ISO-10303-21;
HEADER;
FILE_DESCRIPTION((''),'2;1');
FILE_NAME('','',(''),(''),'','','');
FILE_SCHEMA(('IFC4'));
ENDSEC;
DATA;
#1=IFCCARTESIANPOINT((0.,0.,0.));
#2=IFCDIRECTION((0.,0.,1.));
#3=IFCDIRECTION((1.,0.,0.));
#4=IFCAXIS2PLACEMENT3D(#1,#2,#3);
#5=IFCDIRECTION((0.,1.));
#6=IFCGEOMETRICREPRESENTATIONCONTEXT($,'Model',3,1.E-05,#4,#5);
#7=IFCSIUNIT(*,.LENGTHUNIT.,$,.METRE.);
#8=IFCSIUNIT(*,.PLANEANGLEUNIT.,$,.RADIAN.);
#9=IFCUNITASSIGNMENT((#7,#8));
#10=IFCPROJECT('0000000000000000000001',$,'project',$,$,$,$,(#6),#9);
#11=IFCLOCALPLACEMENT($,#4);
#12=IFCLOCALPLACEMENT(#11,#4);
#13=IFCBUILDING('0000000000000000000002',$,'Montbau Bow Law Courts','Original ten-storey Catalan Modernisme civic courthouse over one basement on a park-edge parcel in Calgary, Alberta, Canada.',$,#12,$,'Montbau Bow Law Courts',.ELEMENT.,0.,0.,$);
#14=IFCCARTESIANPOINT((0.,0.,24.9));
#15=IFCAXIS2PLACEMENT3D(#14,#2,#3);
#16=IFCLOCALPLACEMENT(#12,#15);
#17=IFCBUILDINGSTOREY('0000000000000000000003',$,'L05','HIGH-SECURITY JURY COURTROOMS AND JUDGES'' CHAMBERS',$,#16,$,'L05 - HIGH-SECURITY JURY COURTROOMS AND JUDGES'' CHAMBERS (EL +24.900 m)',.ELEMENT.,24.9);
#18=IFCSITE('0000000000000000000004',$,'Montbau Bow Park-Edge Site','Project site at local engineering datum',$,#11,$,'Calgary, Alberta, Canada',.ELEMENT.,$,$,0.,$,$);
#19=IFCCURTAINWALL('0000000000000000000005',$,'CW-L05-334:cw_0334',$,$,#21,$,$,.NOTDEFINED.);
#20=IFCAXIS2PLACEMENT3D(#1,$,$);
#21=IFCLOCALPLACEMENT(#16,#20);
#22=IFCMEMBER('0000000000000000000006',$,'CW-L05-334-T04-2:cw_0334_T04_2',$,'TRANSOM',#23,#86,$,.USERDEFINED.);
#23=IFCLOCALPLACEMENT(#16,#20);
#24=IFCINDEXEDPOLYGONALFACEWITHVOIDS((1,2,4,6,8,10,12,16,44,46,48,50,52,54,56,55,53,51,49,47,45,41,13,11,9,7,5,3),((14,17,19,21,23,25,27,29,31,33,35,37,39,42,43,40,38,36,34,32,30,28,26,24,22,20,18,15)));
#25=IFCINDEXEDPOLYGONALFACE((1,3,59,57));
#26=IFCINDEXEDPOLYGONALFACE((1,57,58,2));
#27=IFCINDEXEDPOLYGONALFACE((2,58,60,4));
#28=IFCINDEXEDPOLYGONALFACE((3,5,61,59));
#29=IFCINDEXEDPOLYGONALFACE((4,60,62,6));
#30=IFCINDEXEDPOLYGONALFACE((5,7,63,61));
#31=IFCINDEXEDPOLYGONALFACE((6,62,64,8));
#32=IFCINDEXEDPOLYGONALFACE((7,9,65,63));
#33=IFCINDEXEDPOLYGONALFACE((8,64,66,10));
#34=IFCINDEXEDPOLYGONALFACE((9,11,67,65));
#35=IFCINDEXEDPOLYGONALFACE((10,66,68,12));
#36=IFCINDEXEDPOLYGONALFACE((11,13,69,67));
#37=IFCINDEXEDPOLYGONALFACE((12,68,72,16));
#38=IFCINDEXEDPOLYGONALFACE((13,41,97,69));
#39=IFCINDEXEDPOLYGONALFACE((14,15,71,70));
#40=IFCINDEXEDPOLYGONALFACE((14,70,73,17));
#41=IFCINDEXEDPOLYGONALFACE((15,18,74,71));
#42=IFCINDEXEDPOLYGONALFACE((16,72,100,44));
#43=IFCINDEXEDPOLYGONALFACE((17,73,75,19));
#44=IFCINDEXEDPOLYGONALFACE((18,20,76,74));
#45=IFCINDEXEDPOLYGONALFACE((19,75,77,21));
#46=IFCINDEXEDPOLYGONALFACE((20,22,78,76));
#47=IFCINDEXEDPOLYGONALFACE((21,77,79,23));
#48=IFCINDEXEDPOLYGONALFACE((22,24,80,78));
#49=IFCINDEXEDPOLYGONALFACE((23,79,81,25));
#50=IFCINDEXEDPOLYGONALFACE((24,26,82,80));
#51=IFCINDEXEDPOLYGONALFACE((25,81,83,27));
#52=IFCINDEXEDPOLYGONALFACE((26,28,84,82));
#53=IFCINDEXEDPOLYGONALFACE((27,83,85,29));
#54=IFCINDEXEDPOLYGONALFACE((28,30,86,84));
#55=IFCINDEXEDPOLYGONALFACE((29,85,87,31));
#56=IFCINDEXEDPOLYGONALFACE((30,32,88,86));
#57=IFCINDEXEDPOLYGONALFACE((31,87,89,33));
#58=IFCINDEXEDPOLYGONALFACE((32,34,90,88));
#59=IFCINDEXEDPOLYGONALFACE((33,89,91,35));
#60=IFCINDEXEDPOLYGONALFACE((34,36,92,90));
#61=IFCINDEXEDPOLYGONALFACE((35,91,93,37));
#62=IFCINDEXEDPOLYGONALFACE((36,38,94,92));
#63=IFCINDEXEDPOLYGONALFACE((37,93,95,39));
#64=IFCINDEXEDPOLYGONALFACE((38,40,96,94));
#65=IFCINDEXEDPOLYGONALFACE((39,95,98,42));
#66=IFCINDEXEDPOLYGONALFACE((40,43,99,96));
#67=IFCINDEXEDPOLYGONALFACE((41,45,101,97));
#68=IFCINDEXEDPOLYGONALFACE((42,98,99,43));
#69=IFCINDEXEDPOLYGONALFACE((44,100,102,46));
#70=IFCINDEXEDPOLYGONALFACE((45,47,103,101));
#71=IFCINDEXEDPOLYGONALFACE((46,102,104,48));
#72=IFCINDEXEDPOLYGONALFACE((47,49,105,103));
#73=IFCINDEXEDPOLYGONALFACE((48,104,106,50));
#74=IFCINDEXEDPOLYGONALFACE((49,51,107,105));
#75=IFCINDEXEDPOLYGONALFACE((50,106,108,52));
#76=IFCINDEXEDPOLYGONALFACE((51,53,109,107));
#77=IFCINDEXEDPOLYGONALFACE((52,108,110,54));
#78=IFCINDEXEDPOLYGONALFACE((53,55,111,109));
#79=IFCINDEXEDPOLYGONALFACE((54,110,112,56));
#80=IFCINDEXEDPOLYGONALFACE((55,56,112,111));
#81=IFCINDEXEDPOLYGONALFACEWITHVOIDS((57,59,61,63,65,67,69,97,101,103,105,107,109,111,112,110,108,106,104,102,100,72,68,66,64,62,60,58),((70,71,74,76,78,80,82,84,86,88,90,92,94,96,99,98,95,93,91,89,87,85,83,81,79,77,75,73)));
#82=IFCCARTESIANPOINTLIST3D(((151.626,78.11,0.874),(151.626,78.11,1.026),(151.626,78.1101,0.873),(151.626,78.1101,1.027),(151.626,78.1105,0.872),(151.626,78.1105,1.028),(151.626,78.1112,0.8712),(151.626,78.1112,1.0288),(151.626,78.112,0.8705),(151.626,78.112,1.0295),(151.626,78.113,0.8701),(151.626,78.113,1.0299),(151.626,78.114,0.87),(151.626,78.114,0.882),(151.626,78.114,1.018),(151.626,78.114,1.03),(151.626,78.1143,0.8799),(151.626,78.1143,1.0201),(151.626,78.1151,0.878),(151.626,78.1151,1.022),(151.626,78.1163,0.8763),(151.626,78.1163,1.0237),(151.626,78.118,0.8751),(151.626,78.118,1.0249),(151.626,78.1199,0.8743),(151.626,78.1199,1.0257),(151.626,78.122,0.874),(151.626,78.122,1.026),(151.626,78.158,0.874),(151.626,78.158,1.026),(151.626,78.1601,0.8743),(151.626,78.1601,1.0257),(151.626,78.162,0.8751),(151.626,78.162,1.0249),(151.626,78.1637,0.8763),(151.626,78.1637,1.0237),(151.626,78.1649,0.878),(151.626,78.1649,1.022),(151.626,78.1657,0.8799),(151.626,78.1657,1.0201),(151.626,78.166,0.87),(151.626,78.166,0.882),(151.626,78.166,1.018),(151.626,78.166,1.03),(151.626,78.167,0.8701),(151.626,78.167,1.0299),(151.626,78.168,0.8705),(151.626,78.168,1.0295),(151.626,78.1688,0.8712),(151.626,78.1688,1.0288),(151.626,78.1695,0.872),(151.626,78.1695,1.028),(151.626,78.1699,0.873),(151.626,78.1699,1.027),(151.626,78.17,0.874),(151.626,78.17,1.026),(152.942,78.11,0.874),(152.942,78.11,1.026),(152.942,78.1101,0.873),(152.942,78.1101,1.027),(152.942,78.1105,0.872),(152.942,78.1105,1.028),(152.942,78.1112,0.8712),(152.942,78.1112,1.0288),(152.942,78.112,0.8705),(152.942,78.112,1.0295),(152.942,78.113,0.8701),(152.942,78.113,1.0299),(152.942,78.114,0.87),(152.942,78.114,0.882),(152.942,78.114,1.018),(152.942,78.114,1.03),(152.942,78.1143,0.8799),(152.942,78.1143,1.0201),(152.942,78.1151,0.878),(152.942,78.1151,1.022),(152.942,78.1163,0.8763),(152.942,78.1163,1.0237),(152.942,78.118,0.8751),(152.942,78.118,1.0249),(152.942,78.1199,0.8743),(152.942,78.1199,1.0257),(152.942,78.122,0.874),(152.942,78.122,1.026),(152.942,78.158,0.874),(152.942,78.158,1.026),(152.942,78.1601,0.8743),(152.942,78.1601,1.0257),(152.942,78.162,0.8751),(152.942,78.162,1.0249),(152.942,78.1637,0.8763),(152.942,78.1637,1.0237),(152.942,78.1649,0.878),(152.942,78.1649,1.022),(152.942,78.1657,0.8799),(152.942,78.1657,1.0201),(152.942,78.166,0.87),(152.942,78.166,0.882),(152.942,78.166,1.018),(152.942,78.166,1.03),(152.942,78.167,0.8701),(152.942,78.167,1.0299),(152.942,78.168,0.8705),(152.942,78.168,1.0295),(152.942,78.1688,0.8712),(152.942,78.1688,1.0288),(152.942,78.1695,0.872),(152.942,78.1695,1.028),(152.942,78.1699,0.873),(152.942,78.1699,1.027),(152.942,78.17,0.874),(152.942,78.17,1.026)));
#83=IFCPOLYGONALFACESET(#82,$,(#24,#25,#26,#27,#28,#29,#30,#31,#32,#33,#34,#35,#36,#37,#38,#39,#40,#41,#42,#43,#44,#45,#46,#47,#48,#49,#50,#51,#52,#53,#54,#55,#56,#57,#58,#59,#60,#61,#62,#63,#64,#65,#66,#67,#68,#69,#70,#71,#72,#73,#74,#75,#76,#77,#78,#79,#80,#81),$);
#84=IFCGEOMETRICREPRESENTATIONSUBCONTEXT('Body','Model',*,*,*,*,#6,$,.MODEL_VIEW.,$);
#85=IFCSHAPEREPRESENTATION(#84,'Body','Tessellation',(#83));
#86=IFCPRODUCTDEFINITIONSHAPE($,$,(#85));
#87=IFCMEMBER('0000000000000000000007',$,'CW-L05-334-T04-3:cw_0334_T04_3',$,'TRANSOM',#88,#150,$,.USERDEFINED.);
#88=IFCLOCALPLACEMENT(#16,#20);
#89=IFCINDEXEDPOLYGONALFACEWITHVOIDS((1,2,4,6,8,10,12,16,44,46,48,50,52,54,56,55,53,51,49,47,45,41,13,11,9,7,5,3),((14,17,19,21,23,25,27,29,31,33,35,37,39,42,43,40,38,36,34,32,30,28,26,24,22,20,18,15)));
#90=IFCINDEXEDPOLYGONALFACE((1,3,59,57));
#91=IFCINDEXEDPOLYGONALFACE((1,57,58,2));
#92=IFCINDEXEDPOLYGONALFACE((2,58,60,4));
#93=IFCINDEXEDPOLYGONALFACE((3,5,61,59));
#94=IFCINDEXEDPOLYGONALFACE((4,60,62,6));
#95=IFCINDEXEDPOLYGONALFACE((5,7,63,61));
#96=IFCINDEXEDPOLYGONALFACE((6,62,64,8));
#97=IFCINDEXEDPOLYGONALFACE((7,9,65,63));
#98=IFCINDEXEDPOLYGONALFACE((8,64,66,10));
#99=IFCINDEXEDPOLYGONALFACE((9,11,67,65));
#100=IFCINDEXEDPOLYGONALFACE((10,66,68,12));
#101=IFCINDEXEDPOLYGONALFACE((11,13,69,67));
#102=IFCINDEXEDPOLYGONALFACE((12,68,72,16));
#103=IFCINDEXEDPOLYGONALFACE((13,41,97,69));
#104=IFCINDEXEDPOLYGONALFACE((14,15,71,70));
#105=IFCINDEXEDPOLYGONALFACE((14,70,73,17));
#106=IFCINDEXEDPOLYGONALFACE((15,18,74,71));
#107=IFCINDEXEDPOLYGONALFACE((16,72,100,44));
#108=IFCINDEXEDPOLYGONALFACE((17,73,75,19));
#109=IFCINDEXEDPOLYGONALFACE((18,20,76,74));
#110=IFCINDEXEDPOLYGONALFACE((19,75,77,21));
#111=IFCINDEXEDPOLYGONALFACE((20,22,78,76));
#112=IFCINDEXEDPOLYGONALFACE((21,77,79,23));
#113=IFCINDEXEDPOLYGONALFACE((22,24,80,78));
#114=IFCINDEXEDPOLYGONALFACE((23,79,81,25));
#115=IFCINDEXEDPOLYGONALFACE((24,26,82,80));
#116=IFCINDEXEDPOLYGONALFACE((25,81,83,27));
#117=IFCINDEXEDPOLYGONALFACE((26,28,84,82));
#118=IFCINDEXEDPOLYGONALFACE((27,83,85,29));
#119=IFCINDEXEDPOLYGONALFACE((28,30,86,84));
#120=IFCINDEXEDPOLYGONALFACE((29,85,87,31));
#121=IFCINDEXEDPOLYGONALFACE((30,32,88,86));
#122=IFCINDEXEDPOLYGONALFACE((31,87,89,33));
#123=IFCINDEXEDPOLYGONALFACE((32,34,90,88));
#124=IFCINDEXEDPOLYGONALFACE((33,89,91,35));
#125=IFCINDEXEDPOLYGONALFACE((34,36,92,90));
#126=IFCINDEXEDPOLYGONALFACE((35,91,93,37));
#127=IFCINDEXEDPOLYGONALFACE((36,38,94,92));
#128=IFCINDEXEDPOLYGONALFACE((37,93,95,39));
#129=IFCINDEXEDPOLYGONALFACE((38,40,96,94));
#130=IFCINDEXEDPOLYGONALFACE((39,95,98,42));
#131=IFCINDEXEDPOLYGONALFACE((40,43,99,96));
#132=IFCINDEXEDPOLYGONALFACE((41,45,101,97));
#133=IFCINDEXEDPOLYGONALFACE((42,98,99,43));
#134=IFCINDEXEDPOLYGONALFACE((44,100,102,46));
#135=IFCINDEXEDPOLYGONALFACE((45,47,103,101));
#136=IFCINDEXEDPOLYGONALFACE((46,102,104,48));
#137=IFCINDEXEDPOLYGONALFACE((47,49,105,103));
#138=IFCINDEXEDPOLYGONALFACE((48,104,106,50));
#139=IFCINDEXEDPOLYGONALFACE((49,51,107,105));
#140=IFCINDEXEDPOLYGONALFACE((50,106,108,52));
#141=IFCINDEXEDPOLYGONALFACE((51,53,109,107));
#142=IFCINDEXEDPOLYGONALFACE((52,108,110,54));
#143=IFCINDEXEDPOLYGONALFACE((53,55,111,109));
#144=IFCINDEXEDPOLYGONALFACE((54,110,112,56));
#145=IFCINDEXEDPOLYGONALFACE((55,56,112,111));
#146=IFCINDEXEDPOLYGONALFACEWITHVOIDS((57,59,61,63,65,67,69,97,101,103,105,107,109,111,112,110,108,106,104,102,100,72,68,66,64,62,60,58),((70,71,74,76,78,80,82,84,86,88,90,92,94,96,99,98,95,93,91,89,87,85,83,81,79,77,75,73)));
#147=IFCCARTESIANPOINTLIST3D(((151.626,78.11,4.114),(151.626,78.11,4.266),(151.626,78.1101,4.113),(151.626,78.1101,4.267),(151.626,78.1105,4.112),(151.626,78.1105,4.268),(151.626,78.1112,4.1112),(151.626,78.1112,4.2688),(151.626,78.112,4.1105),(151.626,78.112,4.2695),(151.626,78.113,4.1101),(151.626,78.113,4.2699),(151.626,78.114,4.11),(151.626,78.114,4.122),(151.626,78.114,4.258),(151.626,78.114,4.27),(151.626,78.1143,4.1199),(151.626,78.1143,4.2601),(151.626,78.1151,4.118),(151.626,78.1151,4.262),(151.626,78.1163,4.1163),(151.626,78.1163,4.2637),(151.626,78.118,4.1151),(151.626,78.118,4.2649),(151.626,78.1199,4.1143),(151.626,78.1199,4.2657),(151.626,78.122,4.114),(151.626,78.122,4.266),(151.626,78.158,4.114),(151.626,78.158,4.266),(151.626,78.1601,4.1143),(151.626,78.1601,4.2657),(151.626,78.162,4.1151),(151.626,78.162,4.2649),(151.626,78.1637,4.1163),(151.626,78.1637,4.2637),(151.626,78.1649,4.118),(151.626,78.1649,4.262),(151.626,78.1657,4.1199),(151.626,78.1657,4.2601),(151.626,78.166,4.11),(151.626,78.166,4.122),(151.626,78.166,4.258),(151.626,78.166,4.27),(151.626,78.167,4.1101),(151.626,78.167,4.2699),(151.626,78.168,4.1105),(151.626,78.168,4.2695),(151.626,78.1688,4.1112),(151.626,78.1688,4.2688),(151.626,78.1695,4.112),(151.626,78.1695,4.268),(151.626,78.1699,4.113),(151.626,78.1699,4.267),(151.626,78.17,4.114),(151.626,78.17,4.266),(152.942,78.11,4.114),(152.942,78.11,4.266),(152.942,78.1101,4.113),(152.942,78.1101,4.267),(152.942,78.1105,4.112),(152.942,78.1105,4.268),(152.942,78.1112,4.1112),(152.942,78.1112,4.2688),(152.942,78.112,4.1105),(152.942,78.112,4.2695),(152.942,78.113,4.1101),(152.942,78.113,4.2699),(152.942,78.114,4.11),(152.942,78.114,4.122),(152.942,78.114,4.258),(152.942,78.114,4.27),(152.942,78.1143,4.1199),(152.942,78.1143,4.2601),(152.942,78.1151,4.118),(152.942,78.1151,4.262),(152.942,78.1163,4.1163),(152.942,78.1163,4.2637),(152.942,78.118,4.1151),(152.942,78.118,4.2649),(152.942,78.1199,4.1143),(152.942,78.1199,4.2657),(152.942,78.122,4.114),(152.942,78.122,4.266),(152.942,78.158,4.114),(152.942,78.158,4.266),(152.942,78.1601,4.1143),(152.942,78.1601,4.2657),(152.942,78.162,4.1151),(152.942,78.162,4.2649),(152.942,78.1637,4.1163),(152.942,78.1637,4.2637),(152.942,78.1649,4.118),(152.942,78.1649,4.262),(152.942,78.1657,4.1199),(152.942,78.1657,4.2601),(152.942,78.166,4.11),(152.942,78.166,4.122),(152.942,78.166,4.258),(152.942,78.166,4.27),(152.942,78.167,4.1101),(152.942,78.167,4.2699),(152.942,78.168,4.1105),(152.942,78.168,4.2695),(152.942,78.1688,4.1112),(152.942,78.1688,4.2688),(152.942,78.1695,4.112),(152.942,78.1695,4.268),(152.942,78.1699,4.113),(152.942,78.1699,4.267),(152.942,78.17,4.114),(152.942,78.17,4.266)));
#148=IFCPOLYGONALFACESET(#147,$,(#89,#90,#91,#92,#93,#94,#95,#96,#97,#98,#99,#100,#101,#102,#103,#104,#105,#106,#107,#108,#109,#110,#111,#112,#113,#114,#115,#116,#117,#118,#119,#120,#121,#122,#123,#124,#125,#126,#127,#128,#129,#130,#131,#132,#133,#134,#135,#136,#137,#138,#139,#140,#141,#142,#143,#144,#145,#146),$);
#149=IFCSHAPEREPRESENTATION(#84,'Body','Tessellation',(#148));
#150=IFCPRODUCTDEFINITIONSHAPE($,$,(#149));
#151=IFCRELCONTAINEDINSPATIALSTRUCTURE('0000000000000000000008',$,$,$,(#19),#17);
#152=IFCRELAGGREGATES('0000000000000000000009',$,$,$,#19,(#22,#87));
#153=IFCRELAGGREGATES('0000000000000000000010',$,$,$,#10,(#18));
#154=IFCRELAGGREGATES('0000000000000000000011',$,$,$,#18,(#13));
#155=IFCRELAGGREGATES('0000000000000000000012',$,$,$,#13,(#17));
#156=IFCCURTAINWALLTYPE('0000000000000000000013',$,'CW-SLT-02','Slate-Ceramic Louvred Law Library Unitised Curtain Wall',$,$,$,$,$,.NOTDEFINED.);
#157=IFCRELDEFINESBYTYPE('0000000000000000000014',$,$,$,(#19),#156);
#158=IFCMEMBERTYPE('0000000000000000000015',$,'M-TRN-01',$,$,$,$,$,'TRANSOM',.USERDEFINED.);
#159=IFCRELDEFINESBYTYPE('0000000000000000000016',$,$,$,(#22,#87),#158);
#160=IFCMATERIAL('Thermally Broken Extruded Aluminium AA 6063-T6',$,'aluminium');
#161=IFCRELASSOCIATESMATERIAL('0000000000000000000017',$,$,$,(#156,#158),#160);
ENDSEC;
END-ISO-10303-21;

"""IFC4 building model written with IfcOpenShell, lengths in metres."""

from ifc_helpers import new_model, si_unit, direction, frame, origin_with_axes, origin_2d_with_axis, place, context, subcontext, project, spatial, hollow_rectangle, extrude, material, material_profile, profile_set, type_object, element, aggregate, save


model = new_model("IFC4")

# Units and contexts
model_context = context("Model", 3, precision=1e-05, world=origin_with_axes(), true_north=direction((0.0, 1.0)))
body_context = subcontext(model_context, "Body", "Model", "MODEL_VIEW")
ifc_project = project(units=[si_unit("LENGTHUNIT", "METRE"), si_unit("PLANEANGLEUNIT", "RADIAN")], contexts=[model_context])

# Site, building, storey
site_placement = place(None, origin_with_axes())
site = spatial("IfcSite", under=ifc_project, at=site_placement, Name="Montbau Bow Park-Edge Site", Description="Project site at local engineering datum", LongName="Calgary, Alberta, Canada", CompositionType="ELEMENT", RefElevation=0.0)
building_placement = place(site_placement, origin_with_axes())
building = spatial("IfcBuilding", under=site, at=building_placement, Name="Montbau Bow Law Courts", Description="Original ten-storey Catalan Modernisme civic courthouse over one basement on a park-edge parcel in Calgary, Alberta, Canada.", LongName="Montbau Bow Law Courts", CompositionType="ELEMENT", ElevationOfRefHeight=0.0, ElevationOfTerrain=0.0)
storey_placement = place(building_placement, frame((0.0, 0.0, 24.9), z_axis=(0.0, 0.0, 1.0), x_axis=(1.0, 0.0, 0.0)))
storey = spatial("IfcBuildingStorey", under=building, at=storey_placement, Name="L05", Description="HIGH-SECURITY JURY COURTROOMS AND JUDGES' CHAMBERS", LongName="L05 - HIGH-SECURITY JURY COURTROOMS AND JUDGES' CHAMBERS (EL +24.900 m)", CompositionType="ELEMENT", Elevation=24.9)

# Curtain wall, members
ifc_material_1 = material(Name="Thermally Broken Extruded Aluminium AA 6063-T6", Category="aluminium")
curtain_wall_type = type_object("IfcCurtainWallType", Name="CW-SLT-02", Description="Slate-Ceramic Louvred Law Library Unitised Curtain Wall", PredefinedType="NOTDEFINED", material=ifc_material_1)
curtain_wall_placement = place(None, frame((147.44, 78.14, 24.9), z_axis=(0.0, 0.0, 1.0), x_axis=(1.0, 0.0, 0.0)))
curtain_wall = element("IfcCurtainWall", 1, at=curtain_wall_placement, inside=storey, type_object=curtain_wall_type, Name="CW-L05-334:cw_0334", PredefinedType="NOTDEFINED")
ifc_material_profile_1 = material_profile(ifc_material_1, hollow_rectangle(XDim=0.06, YDim=0.16, WallThickness=0.004, InnerFilletRadius=0.008, OuterFilletRadius=0.004, at=origin_2d_with_axis()), Name="CWT-160X60", Category="Main", Priority=0)
ifc_profile_set_1 = profile_set([ifc_material_profile_1], Name="Thermally Broken Extruded Aluminium AA 6063-T6")
member_type_1 = type_object("IfcMemberType", Name="M-TRN-01", ElementType="TRANSOM", PredefinedType="USERDEFINED", material=ifc_profile_set_1)
member_1_placement = place(None, frame((151.626, 78.14, 25.85), z_axis=(1.0, 0.0, 0.0), x_axis=(0.0, 1.0, 0.0)))
member_1 = element("IfcMember", 2, at=member_1_placement, type_object=member_type_1, Name="CW-L05-334-T04-2:cw_0334_T04_2", ObjectType="TRANSOM", PredefinedType="USERDEFINED", context=body_context, shape_type="SweptSolid", body=[
    extrude(hollow_rectangle(XDim=0.06, YDim=0.16, WallThickness=0.004, InnerFilletRadius=0.008, OuterFilletRadius=0.004, at=origin_2d_with_axis()), origin_with_axes(), (0.0, 0.0, 1.0), 1.316),
])
member_2_placement = place(None, frame((151.626, 78.14, 29.09), z_axis=(1.0, 0.0, 0.0), x_axis=(0.0, 1.0, 0.0)))
member_2 = element("IfcMember", 3, at=member_2_placement, type_object=member_type_1, Name="CW-L05-334-T04-3:cw_0334_T04_3", ObjectType="TRANSOM", PredefinedType="USERDEFINED", context=body_context, shape_type="SweptSolid", body=[
    extrude(hollow_rectangle(XDim=0.06, YDim=0.16, WallThickness=0.004, InnerFilletRadius=0.008, OuterFilletRadius=0.004, at=origin_2d_with_axis()), origin_with_axes(), (0.0, 0.0, 1.0), 1.316),
])
aggregate(curtain_wall, [member_1, member_2])

save(model, "model.ifc")
